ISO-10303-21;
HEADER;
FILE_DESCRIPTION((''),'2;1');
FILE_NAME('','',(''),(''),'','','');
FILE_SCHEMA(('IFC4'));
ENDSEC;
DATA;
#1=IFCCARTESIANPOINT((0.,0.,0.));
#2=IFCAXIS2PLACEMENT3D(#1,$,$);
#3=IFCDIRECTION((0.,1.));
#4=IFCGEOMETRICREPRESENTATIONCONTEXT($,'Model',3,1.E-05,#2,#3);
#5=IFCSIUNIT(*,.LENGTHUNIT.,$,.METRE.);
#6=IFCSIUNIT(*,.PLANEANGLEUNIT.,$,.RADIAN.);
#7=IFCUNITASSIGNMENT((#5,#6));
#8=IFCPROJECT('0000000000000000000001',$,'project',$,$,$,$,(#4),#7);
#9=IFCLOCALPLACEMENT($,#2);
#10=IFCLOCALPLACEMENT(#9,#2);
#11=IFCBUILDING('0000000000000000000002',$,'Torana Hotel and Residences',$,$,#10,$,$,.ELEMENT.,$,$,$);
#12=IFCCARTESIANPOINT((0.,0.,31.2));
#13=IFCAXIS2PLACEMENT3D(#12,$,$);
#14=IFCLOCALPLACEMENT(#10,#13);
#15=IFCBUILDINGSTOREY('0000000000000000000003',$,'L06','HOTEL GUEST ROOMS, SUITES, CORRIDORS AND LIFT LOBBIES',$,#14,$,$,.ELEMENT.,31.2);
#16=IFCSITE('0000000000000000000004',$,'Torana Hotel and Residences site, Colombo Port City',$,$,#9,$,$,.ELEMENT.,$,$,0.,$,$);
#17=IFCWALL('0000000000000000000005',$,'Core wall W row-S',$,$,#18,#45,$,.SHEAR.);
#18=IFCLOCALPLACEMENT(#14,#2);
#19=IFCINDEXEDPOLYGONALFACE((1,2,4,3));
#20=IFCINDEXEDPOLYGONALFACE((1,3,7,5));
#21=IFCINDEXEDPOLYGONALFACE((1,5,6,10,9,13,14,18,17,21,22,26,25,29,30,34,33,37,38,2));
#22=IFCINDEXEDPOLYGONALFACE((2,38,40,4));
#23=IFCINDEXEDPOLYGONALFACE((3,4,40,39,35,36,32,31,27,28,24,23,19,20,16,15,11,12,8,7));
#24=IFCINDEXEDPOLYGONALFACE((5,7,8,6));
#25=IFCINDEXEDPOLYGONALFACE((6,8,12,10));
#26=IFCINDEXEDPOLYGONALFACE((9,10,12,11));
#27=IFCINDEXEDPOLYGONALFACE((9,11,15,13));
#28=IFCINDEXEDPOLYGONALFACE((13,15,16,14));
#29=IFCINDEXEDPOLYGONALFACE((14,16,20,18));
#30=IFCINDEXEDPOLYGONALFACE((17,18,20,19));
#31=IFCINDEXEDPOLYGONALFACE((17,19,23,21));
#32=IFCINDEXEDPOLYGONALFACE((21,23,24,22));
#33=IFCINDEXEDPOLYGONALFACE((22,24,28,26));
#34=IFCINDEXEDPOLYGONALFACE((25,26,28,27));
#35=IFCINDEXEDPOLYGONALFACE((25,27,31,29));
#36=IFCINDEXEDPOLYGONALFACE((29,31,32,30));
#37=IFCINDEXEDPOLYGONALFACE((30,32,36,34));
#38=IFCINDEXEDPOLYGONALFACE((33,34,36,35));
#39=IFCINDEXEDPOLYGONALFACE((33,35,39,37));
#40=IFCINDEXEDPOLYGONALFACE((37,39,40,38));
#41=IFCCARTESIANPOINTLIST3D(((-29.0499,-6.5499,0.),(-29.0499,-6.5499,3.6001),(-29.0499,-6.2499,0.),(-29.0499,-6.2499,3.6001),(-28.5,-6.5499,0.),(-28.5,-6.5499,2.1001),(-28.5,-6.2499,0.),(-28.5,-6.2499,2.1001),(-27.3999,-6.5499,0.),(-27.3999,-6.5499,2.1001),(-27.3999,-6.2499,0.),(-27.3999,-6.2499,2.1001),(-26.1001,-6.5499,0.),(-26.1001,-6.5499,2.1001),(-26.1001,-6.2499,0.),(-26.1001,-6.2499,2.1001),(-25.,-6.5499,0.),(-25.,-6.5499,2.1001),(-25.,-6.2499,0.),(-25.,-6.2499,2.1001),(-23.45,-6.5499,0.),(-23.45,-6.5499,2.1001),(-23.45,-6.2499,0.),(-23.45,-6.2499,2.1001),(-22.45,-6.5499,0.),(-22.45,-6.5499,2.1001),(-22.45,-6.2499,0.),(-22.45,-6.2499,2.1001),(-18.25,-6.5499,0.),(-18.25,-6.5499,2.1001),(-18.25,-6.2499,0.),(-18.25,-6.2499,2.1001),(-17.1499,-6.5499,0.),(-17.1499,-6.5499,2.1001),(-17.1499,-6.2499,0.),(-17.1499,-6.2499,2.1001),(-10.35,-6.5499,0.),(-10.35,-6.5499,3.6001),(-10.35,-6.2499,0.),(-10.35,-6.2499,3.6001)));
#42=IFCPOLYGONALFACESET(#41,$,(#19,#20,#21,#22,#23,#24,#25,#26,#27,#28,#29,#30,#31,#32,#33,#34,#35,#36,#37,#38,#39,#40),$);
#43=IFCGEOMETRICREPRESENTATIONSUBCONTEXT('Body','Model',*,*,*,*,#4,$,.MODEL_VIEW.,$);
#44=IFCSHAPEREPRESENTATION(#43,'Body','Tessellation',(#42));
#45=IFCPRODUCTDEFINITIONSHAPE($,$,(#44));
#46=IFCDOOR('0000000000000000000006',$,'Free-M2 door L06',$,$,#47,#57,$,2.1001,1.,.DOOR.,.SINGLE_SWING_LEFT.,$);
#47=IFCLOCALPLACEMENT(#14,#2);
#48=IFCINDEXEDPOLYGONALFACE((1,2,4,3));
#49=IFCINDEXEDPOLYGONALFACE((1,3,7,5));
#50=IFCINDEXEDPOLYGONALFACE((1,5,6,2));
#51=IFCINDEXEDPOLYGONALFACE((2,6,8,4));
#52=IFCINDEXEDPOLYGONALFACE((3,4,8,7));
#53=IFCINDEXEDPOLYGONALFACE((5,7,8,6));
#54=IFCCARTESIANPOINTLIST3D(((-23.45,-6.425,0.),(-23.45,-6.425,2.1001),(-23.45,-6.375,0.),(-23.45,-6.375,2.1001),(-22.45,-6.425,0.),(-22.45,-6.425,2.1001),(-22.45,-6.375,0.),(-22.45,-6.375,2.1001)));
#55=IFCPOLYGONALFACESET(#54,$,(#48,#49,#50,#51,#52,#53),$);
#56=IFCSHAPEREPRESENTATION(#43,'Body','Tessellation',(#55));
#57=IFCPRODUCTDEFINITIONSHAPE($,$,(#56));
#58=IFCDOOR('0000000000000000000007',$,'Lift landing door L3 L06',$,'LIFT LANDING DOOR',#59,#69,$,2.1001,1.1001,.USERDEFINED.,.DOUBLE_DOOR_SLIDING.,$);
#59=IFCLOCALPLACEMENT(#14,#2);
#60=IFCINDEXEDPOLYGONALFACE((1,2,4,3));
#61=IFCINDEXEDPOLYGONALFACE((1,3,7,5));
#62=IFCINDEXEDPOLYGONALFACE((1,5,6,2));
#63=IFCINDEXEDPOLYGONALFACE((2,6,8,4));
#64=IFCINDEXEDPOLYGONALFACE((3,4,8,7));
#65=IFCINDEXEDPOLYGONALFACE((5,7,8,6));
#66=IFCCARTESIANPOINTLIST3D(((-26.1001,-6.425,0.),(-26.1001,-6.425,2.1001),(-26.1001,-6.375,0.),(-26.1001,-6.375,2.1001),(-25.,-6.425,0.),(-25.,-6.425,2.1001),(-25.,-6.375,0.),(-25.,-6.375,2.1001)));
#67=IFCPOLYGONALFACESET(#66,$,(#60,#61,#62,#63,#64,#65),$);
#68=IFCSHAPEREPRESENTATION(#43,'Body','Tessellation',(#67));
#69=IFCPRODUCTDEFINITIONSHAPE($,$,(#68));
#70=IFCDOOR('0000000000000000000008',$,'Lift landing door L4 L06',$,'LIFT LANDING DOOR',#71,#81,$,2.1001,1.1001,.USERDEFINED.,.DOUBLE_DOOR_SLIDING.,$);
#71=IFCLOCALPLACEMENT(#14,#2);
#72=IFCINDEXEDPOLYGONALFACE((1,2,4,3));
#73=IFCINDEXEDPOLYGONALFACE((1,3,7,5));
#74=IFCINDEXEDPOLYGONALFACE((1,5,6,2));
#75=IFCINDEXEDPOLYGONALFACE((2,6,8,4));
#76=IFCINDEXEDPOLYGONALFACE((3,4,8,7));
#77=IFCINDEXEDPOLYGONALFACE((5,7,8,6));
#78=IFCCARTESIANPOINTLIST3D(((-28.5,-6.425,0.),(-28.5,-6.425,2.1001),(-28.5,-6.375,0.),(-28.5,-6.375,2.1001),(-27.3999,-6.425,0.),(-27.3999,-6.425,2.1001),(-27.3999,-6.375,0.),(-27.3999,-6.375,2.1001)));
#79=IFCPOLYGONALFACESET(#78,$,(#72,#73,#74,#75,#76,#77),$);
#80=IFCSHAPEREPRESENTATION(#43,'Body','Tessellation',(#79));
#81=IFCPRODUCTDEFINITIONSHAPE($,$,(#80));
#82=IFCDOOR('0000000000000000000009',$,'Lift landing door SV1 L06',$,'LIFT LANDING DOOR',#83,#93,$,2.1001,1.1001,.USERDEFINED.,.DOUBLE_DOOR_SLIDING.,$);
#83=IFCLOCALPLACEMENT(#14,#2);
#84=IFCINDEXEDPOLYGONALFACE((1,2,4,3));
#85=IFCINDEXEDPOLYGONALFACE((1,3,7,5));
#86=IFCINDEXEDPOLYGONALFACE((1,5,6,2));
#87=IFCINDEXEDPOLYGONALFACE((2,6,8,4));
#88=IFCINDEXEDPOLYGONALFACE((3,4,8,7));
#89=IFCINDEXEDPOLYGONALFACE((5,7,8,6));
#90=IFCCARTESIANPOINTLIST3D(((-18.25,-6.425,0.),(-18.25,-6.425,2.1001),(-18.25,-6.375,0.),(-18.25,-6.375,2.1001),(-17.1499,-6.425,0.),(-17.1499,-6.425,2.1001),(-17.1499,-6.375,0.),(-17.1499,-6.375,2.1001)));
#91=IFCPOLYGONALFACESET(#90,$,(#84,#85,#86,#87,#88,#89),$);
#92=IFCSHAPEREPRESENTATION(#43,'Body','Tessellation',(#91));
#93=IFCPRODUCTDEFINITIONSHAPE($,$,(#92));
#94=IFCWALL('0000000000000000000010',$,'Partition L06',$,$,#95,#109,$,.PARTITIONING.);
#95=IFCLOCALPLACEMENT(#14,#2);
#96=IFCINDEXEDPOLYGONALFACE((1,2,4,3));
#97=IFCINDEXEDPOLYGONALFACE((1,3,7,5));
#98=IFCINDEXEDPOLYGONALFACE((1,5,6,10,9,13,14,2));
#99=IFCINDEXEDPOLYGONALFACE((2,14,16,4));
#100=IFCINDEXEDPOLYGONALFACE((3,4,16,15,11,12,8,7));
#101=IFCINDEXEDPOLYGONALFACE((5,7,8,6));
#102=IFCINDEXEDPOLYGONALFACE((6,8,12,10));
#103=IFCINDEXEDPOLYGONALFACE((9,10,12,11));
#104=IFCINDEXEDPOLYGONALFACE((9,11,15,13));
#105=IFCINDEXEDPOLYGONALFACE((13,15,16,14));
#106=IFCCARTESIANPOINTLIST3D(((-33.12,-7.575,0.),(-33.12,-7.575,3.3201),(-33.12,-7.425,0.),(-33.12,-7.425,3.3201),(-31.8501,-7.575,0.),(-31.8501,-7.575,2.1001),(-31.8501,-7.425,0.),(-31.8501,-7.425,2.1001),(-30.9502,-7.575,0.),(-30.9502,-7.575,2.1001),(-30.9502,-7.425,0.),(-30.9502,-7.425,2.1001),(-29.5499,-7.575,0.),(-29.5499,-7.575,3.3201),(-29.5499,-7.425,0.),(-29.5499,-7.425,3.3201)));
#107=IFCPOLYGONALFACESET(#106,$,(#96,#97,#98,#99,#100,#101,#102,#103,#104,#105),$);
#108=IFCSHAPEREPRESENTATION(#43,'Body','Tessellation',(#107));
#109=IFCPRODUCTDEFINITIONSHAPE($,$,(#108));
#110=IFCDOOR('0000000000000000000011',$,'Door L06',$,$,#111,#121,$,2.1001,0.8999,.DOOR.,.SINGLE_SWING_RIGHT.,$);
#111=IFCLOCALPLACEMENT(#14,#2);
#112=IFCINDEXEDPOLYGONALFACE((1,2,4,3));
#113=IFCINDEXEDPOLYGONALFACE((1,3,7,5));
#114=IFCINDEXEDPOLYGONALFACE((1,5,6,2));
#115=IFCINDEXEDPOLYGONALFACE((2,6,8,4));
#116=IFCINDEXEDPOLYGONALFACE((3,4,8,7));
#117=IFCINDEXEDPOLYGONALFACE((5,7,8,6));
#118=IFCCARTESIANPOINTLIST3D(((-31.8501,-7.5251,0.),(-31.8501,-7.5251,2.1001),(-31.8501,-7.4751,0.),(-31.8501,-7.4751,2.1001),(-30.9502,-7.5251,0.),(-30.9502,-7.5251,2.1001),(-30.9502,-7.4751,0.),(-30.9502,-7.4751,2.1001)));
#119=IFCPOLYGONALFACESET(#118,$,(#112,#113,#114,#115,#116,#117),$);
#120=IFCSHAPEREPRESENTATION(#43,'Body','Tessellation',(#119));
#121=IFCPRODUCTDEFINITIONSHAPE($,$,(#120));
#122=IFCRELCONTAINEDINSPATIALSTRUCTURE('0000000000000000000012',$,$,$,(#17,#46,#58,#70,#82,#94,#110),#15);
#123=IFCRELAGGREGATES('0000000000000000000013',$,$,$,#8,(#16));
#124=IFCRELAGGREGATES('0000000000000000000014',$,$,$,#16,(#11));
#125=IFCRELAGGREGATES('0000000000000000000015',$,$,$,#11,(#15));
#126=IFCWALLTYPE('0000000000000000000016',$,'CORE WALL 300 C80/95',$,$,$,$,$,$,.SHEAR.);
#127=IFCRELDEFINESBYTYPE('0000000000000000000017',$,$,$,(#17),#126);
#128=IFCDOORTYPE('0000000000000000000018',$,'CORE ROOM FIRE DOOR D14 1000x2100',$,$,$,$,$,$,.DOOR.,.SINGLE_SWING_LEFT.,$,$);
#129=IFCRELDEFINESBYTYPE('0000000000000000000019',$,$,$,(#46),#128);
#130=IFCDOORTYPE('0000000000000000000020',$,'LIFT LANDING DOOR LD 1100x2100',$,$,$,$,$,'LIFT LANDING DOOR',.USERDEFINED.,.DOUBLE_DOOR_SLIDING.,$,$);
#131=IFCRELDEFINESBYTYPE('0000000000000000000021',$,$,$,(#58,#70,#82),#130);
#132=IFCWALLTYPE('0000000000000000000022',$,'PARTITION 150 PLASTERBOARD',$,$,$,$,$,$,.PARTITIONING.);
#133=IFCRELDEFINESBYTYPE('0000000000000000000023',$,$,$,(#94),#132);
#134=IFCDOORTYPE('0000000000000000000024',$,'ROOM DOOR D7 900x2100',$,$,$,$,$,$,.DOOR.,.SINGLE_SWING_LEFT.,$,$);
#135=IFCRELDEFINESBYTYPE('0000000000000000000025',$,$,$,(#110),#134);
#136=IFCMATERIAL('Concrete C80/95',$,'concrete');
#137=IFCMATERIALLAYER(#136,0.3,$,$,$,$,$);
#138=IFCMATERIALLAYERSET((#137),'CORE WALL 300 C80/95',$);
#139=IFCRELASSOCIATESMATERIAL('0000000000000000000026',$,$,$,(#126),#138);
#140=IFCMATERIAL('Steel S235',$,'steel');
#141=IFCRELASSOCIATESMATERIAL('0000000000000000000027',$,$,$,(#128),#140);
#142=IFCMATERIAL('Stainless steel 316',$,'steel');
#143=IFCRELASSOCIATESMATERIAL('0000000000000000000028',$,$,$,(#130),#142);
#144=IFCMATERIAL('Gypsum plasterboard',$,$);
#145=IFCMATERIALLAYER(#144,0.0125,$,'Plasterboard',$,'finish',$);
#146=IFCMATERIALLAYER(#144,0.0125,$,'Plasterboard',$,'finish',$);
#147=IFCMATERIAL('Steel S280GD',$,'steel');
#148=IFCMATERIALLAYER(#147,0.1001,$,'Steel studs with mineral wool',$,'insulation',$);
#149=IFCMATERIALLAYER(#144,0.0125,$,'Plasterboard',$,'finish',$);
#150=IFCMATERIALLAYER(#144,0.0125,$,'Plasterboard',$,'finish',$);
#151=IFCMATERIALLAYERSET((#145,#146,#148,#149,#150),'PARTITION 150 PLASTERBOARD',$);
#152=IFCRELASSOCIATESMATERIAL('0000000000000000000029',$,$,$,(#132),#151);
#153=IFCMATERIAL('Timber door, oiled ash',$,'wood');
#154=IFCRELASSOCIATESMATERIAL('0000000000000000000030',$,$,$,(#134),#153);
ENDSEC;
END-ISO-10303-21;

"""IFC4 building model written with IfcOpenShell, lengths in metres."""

from ifc_helpers import new_model, si_unit, direction, frame, frame_2d, origin, place, context, subcontext, project, spatial, rectangle, extrude, material, layer, layer_set, type_object, element, fill, save


model = new_model("IFC4")

# Units and contexts
model_context = context("Model", 3, precision=1e-05, world=origin(), true_north=direction((0.0, 1.0)))
body_context = subcontext(model_context, "Body", "Model", "MODEL_VIEW")
ifc_project = project(units=[si_unit("LENGTHUNIT", "METRE"), si_unit("PLANEANGLEUNIT", "RADIAN")], contexts=[model_context])

# Site, building, storey
site_placement = place(None, origin())
site = spatial("IfcSite", under=ifc_project, at=site_placement, Name="Torana Hotel and Residences site, Colombo Port City", CompositionType="ELEMENT", RefElevation=0.0)
building_placement = place(site_placement, origin())
building = spatial("IfcBuilding", under=site, at=building_placement, Name="Torana Hotel and Residences", CompositionType="ELEMENT")
storey_placement = place(building_placement, frame((0.0, 0.0, 31.2)))
storey = spatial("IfcBuildingStorey", under=building, at=storey_placement, Name="L06", Description="HOTEL GUEST ROOMS, SUITES, CORRIDORS AND LIFT LOBBIES", CompositionType="ELEMENT", Elevation=31.2)

# Wall, openings, doors
ifc_material_1 = material(Name="Concrete C80/95", Category="concrete")
ifc_layer_1 = layer(ifc_material_1, 0.3)
ifc_layer_set_1 = layer_set([ifc_layer_1], Name="CORE WALL 300 C80/95")
wall_type_1 = type_object("IfcWallType", Name="CORE WALL 300 C80/95", PredefinedType="SHEAR", material=ifc_layer_set_1)
ifc_material_2 = material(Name="Steel S235", Category="steel")
door_type_1 = type_object("IfcDoorType", Name="CORE ROOM FIRE DOOR D14 1000x2100", OperationType="SINGLE_SWING_LEFT", PredefinedType="DOOR", material=ifc_material_2)
ifc_material_3 = material(Name="Stainless steel 316", Category="steel")
door_type_2 = type_object("IfcDoorType", Name="LIFT LANDING DOOR LD 1100x2100", ElementType="LIFT LANDING DOOR", OperationType="DOUBLE_DOOR_SLIDING", PredefinedType="USERDEFINED", material=ifc_material_3)
wall_1_placement = place(storey_placement, frame((-29.05, -6.3999, 0.0), z_axis=(0.0, 0.0, 1.0), x_axis=(1.0, 0.0, 0.0)))
wall_1 = element("IfcWall", 1, at=wall_1_placement, inside=storey, type_object=wall_type_1, Name="Core wall W row-S", PredefinedType="SHEAR", context=body_context, shape_type="SweptSolid", body=[
    extrude(rectangle(XDim=18.7, YDim=0.3, at=frame_2d((9.3501, 0.0))), origin(), (0.0, 0.0, 1.0), 3.6001),
])
opening_1_placement = place(wall_1_placement, frame((2.95, 0.0, 0.0)))
opening_1 = element("IfcOpeningElement", 2, at=opening_1_placement, cuts=wall_1, PredefinedType="OPENING", context=body_context, shape_type="SweptSolid", body=[
    extrude(rectangle(XDim=1.1001, YDim=2.1001, at=frame_2d((0.55, 1.05))), frame((0.0, 0.1599, 0.0), z_axis=(0.0, -1.0, 0.0), x_axis=(1.0, 0.0, 0.0)), (0.0, 0.0, 1.0), 0.3201),
])
opening_2_placement = place(wall_1_placement, frame((0.55, 0.0, 0.0)))
opening_2 = element("IfcOpeningElement", 3, at=opening_2_placement, cuts=wall_1, PredefinedType="OPENING", context=body_context, shape_type="SweptSolid", body=[
    extrude(rectangle(XDim=1.1001, YDim=2.1001, at=frame_2d((0.55, 1.05))), frame((0.0, 0.1599, 0.0), z_axis=(0.0, -1.0, 0.0), x_axis=(1.0, 0.0, 0.0)), (0.0, 0.0, 1.0), 0.3201),
])
opening_3_placement = place(wall_1_placement, frame((10.8, 0.0, 0.0)))
opening_3 = element("IfcOpeningElement", 4, at=opening_3_placement, cuts=wall_1, PredefinedType="OPENING", context=body_context, shape_type="SweptSolid", body=[
    extrude(rectangle(XDim=1.1001, YDim=2.1001, at=frame_2d((0.55, 1.05))), frame((0.0, 0.1599, 0.0), z_axis=(0.0, -1.0, 0.0), x_axis=(1.0, 0.0, 0.0)), (0.0, 0.0, 1.0), 0.3201),
])
opening_4_placement = place(wall_1_placement, frame((5.6001, 0.0, 0.0)))
opening_4 = element("IfcOpeningElement", 5, at=opening_4_placement, cuts=wall_1, PredefinedType="OPENING", context=body_context, shape_type="SweptSolid", body=[
    extrude(rectangle(XDim=1.0, YDim=2.1001, at=frame_2d((0.5, 1.05))), frame((0.0, 0.1599, 0.0), z_axis=(0.0, -1.0, 0.0), x_axis=(1.0, 0.0, 0.0)), (0.0, 0.0, 1.0), 0.3201),
])
door_1_placement = place(opening_4_placement, frame((0.5, 0.0, 0.0), z_axis=(0.0, 0.0, 1.0), x_axis=(-1.0, 0.0, 0.0)))
door_1 = element("IfcDoor", 6, at=door_1_placement, inside=storey, type_object=door_type_1, Name="Free-M2 door L06", OperationType="SINGLE_SWING_LEFT", OverallHeight=2.1001, OverallWidth=1.0, PredefinedType="DOOR", context=body_context, shape_type="SweptSolid", body=[
    extrude(rectangle(XDim=1.0, YDim=2.1001, at=frame_2d((0.0, 1.05))), frame((0.0, -0.0249, 0.0), z_axis=(0.0, 1.0, 0.0), x_axis=(-1.0, 0.0, 0.0)), (0.0, 0.0, 1.0), 0.05),
])
fill(opening_4, door_1)
door_2_placement = place(opening_1_placement, origin())
door_2 = element("IfcDoor", 7, at=door_2_placement, inside=storey, type_object=door_type_2, Name="Lift landing door L3 L06", ObjectType="LIFT LANDING DOOR", OperationType="DOUBLE_DOOR_SLIDING", OverallHeight=2.1001, OverallWidth=1.1001, PredefinedType="USERDEFINED", context=body_context, shape_type="SweptSolid", body=[
    extrude(rectangle(XDim=1.1001, YDim=2.1001, at=frame_2d((0.55, 1.05))), frame((0.0, 0.0249, 0.0), z_axis=(0.0, -1.0, 0.0), x_axis=(1.0, 0.0, 0.0)), (0.0, 0.0, 1.0), 0.05),
])
fill(opening_1, door_2)
door_3_placement = place(opening_2_placement, origin())
door_3 = element("IfcDoor", 8, at=door_3_placement, inside=storey, type_object=door_type_2, Name="Lift landing door L4 L06", ObjectType="LIFT LANDING DOOR", OperationType="DOUBLE_DOOR_SLIDING", OverallHeight=2.1001, OverallWidth=1.1001, PredefinedType="USERDEFINED", context=body_context, shape_type="SweptSolid", body=[
    extrude(rectangle(XDim=1.1001, YDim=2.1001, at=frame_2d((0.55, 1.05))), frame((0.0, 0.0249, 0.0), z_axis=(0.0, -1.0, 0.0), x_axis=(1.0, 0.0, 0.0)), (0.0, 0.0, 1.0), 0.05),
])
fill(opening_2, door_3)
door_4_placement = place(opening_3_placement, origin())
door_4 = element("IfcDoor", 9, at=door_4_placement, inside=storey, type_object=door_type_2, Name="Lift landing door SV1 L06", ObjectType="LIFT LANDING DOOR", OperationType="DOUBLE_DOOR_SLIDING", OverallHeight=2.1001, OverallWidth=1.1001, PredefinedType="USERDEFINED", context=body_context, shape_type="SweptSolid", body=[
    extrude(rectangle(XDim=1.1001, YDim=2.1001, at=frame_2d((0.55, 1.05))), frame((0.0, 0.0249, 0.0), z_axis=(0.0, -1.0, 0.0), x_axis=(1.0, 0.0, 0.0)), (0.0, 0.0, 1.0), 0.05),
])
fill(opening_3, door_4)
ifc_material_4 = material(Name="Steel S280GD", Category="steel")

# Wall, opening, door
ifc_material_5 = material(Name="Gypsum plasterboard")
ifc_layer_2 = layer(ifc_material_5, 0.0125, Name="Plasterboard", Category="finish")
ifc_layer_3 = layer(ifc_material_5, 0.0125, Name="Plasterboard", Category="finish")
ifc_layer_4 = layer(ifc_material_4, 0.1001, Name="Steel studs with mineral wool", Category="insulation")
ifc_layer_5 = layer(ifc_material_5, 0.0125, Name="Plasterboard", Category="finish")
ifc_layer_6 = layer(ifc_material_5, 0.0125, Name="Plasterboard", Category="finish")
ifc_layer_set_2 = layer_set([ifc_layer_2, ifc_layer_3, ifc_layer_4, ifc_layer_5, ifc_layer_6], Name="PARTITION 150 PLASTERBOARD")
wall_type_2 = type_object("IfcWallType", Name="PARTITION 150 PLASTERBOARD", PredefinedType="PARTITIONING", material=ifc_layer_set_2)
wall_2_placement = place(storey_placement, frame((-33.1201, -7.5, 0.0), z_axis=(0.0, 0.0, 1.0), x_axis=(1.0, 0.0, 0.0)))
wall_2 = element("IfcWall", 10, at=wall_2_placement, inside=storey, type_object=wall_type_2, Name="Partition L06", PredefinedType="PARTITIONING", context=body_context, shape_type="SweptSolid", body=[
    extrude(rectangle(XDim=3.5701, YDim=0.1499, at=frame_2d((1.7852, 0.0))), origin(), (0.0, 0.0, 1.0), 3.3201),
])
opening_5_placement = place(wall_2_placement, frame((1.27, 0.0, 0.0)))
opening_5 = element("IfcOpeningElement", 11, at=opening_5_placement, cuts=wall_2, PredefinedType="OPENING", context=body_context, shape_type="SweptSolid", body=[
    extrude(rectangle(XDim=0.8999, YDim=2.1001, at=frame_2d((0.45, 1.05))), frame((0.0, 0.085, 0.0), z_axis=(0.0, -1.0, 0.0), x_axis=(1.0, 0.0, 0.0)), (0.0, 0.0, 1.0), 0.1699),
])
ifc_material_6 = material(Name="Timber door, oiled ash", Category="wood")
door_type_3 = type_object("IfcDoorType", Name="ROOM DOOR D7 900x2100", OperationType="SINGLE_SWING_LEFT", PredefinedType="DOOR", material=ifc_material_6)
door_5_placement = place(opening_5_placement, origin())
door_5 = element("IfcDoor", 12, at=door_5_placement, inside=storey, type_object=door_type_3, Name="Door L06", OperationType="SINGLE_SWING_RIGHT", OverallHeight=2.1001, OverallWidth=0.8999, PredefinedType="DOOR", context=body_context, shape_type="SweptSolid", body=[
    extrude(rectangle(XDim=0.8999, YDim=2.1001, at=frame_2d((0.45, 1.05))), frame((0.0, 0.0249, 0.0), z_axis=(0.0, -1.0, 0.0), x_axis=(1.0, 0.0, 0.0)), (0.0, 0.0, 1.0), 0.05),
])
fill(opening_5, door_5)

save(model, "model.ifc")
